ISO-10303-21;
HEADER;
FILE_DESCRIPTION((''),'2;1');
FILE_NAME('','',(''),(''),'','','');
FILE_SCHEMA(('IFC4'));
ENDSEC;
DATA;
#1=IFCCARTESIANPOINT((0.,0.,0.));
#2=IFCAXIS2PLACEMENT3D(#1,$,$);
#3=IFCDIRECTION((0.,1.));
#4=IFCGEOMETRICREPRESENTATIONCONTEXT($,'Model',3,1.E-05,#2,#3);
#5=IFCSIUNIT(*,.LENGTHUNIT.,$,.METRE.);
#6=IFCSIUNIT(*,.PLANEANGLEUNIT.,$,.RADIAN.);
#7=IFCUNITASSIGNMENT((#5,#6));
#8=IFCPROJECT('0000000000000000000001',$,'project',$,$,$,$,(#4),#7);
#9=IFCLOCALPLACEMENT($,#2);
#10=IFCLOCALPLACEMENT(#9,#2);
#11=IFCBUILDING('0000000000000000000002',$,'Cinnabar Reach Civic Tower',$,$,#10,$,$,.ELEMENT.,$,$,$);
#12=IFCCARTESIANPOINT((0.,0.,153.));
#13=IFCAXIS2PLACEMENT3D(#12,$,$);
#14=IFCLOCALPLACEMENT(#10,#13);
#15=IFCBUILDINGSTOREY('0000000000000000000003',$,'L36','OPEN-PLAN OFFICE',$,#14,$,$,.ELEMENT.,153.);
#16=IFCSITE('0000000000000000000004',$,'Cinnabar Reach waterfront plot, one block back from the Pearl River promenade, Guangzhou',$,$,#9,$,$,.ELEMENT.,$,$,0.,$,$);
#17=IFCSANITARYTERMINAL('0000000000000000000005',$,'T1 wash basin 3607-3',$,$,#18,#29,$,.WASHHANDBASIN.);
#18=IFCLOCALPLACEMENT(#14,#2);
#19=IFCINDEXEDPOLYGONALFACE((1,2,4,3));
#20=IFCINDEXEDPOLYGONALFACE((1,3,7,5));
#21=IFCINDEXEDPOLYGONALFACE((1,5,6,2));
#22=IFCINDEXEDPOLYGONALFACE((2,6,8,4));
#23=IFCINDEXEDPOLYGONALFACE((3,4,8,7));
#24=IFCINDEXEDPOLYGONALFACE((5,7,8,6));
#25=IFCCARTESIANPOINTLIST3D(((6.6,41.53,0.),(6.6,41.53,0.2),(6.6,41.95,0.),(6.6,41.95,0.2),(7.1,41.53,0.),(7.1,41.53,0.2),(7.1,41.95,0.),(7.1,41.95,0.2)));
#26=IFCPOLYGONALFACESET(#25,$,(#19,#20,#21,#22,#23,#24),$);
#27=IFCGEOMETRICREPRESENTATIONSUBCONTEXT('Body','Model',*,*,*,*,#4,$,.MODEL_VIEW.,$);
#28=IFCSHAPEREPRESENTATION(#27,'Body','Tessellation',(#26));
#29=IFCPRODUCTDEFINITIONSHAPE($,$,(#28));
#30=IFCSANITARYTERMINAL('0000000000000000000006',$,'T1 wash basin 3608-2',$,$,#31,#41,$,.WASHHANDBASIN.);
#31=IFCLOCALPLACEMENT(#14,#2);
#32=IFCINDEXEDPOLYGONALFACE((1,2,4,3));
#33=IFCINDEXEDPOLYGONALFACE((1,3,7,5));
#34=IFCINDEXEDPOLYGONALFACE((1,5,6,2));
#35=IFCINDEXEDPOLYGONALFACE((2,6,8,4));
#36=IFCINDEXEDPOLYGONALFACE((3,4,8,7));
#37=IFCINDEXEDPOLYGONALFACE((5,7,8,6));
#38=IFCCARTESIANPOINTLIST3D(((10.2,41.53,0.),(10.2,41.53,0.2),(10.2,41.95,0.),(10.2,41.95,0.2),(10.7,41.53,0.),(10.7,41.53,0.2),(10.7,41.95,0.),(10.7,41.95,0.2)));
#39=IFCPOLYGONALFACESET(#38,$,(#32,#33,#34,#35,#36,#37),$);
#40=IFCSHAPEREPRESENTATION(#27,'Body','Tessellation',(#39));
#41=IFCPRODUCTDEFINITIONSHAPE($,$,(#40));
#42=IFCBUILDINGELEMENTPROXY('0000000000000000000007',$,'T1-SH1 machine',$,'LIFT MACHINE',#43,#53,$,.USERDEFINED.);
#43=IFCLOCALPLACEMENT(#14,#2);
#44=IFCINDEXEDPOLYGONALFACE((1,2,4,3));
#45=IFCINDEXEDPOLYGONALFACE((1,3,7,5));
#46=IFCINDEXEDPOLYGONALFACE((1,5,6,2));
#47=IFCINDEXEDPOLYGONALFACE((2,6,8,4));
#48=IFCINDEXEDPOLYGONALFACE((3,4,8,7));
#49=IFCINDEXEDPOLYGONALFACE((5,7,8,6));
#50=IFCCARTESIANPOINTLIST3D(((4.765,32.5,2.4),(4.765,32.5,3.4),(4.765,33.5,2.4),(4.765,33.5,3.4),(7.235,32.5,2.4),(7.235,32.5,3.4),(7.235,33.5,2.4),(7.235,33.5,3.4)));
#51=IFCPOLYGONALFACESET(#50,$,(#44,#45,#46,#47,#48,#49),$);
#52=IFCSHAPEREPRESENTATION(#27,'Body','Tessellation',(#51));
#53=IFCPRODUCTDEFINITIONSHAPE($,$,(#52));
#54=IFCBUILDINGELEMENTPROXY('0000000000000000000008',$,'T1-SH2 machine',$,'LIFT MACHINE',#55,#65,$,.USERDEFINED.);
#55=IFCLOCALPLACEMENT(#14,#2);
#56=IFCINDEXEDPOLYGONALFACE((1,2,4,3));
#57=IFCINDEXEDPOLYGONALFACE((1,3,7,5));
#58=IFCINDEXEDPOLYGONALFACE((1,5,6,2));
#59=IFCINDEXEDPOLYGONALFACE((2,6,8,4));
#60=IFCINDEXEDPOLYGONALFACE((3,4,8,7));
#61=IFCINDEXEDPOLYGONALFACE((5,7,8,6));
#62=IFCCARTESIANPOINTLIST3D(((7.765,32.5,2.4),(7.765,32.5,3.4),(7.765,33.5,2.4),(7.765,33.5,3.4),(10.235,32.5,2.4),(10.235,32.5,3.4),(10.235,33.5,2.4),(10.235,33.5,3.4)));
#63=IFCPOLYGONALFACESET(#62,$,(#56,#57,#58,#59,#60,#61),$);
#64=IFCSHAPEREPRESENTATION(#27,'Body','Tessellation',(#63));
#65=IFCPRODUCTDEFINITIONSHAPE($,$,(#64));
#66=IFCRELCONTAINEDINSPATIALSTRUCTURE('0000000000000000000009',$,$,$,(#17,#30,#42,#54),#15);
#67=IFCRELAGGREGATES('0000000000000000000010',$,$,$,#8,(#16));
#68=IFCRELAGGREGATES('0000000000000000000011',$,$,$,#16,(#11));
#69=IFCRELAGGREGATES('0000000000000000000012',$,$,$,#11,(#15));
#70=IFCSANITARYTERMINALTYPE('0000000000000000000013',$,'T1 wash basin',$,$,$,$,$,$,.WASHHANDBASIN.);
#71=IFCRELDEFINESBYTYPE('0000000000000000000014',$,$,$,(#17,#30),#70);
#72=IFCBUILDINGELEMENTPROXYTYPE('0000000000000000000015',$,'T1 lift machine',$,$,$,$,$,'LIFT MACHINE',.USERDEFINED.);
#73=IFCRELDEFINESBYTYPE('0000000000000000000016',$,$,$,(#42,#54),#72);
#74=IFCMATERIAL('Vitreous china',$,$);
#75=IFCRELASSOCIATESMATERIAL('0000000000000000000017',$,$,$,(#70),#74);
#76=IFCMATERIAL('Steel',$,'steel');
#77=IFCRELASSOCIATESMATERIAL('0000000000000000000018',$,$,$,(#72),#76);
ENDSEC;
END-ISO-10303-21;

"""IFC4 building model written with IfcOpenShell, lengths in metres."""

from ifc_helpers import new_model, si_unit, direction, frame, origin, origin_2d, place, context, subcontext, project, spatial, rectangle, extrude, material, type_object, element, save


model = new_model("IFC4")

# Units and contexts
model_context = context("Model", 3, precision=1e-05, world=origin(), true_north=direction((0.0, 1.0)))
body_context = subcontext(model_context, "Body", "Model", "MODEL_VIEW")
ifc_project = project(units=[si_unit("LENGTHUNIT", "METRE"), si_unit("PLANEANGLEUNIT", "RADIAN")], contexts=[model_context])

# Site, building, storey
site_placement = place(None, origin())
site = spatial("IfcSite", under=ifc_project, at=site_placement, Name="Cinnabar Reach waterfront plot, one block back from the Pearl River promenade, Guangzhou", CompositionType="ELEMENT", RefElevation=0.0)
building_placement = place(site_placement, origin())
building = spatial("IfcBuilding", under=site, at=building_placement, Name="Cinnabar Reach Civic Tower", CompositionType="ELEMENT")
storey_placement = place(building_placement, frame((0.0, 0.0, 153.0)))
storey = spatial("IfcBuildingStorey", under=building, at=storey_placement, Name="L36", Description="OPEN-PLAN OFFICE", CompositionType="ELEMENT", Elevation=153.0)

# Sanitary terminals
ifc_material_1 = material(Name="Vitreous china")
sanitary_terminal_type_1 = type_object("IfcSanitaryTerminalType", Name="T1 wash basin", PredefinedType="WASHHANDBASIN", material=ifc_material_1)
for number, where, z_axis, x_axis, name in (
    (1, (6.85, 41.74, 0.0), (0.0, 0.0, 1.0), (1.0, 0.0, 0.0), "T1 wash basin 3607-3"),
    (2, (10.45, 41.74, 0.0), (0.0, 0.0, 1.0), (1.0, 0.0, 0.0), "T1 wash basin 3608-2"),
):
    element("IfcSanitaryTerminal", number, at=place(storey_placement, frame(where, z_axis=z_axis, x_axis=x_axis)), inside=storey, type_object=sanitary_terminal_type_1, Name=name, PredefinedType="WASHHANDBASIN", context=body_context, shape_type="SweptSolid", body=[
        extrude(rectangle(XDim=0.5, YDim=0.42, at=origin_2d()), origin(), (0.0, 0.0, 1.0), 0.2),
    ])

# Building element proxies
ifc_material_2 = material(Name="Steel", Category="steel")
building_element_proxy_type = type_object("IfcBuildingElementProxyType", Name="T1 lift machine", ElementType="LIFT MACHINE", PredefinedType="USERDEFINED", material=ifc_material_2)
for number, where, z_axis, x_axis, name in (
    (3, (6.0, 33.0, 2.4), (0.0, 0.0, 1.0), (1.0, 0.0, 0.0), "T1-SH1 machine"),
    (4, (9.0, 33.0, 2.4), (0.0, 0.0, 1.0), (1.0, 0.0, 0.0), "T1-SH2 machine"),
):
    element("IfcBuildingElementProxy", number, at=place(storey_placement, frame(where, z_axis=z_axis, x_axis=x_axis)), inside=storey, type_object=building_element_proxy_type, Name=name, ObjectType="LIFT MACHINE", PredefinedType="USERDEFINED", context=body_context, shape_type="SweptSolid", body=[
        extrude(rectangle(XDim=2.47, YDim=1.0, at=origin_2d()), origin(), (0.0, 0.0, 1.0), 1.0),
    ])

save(model, "model.ifc")
